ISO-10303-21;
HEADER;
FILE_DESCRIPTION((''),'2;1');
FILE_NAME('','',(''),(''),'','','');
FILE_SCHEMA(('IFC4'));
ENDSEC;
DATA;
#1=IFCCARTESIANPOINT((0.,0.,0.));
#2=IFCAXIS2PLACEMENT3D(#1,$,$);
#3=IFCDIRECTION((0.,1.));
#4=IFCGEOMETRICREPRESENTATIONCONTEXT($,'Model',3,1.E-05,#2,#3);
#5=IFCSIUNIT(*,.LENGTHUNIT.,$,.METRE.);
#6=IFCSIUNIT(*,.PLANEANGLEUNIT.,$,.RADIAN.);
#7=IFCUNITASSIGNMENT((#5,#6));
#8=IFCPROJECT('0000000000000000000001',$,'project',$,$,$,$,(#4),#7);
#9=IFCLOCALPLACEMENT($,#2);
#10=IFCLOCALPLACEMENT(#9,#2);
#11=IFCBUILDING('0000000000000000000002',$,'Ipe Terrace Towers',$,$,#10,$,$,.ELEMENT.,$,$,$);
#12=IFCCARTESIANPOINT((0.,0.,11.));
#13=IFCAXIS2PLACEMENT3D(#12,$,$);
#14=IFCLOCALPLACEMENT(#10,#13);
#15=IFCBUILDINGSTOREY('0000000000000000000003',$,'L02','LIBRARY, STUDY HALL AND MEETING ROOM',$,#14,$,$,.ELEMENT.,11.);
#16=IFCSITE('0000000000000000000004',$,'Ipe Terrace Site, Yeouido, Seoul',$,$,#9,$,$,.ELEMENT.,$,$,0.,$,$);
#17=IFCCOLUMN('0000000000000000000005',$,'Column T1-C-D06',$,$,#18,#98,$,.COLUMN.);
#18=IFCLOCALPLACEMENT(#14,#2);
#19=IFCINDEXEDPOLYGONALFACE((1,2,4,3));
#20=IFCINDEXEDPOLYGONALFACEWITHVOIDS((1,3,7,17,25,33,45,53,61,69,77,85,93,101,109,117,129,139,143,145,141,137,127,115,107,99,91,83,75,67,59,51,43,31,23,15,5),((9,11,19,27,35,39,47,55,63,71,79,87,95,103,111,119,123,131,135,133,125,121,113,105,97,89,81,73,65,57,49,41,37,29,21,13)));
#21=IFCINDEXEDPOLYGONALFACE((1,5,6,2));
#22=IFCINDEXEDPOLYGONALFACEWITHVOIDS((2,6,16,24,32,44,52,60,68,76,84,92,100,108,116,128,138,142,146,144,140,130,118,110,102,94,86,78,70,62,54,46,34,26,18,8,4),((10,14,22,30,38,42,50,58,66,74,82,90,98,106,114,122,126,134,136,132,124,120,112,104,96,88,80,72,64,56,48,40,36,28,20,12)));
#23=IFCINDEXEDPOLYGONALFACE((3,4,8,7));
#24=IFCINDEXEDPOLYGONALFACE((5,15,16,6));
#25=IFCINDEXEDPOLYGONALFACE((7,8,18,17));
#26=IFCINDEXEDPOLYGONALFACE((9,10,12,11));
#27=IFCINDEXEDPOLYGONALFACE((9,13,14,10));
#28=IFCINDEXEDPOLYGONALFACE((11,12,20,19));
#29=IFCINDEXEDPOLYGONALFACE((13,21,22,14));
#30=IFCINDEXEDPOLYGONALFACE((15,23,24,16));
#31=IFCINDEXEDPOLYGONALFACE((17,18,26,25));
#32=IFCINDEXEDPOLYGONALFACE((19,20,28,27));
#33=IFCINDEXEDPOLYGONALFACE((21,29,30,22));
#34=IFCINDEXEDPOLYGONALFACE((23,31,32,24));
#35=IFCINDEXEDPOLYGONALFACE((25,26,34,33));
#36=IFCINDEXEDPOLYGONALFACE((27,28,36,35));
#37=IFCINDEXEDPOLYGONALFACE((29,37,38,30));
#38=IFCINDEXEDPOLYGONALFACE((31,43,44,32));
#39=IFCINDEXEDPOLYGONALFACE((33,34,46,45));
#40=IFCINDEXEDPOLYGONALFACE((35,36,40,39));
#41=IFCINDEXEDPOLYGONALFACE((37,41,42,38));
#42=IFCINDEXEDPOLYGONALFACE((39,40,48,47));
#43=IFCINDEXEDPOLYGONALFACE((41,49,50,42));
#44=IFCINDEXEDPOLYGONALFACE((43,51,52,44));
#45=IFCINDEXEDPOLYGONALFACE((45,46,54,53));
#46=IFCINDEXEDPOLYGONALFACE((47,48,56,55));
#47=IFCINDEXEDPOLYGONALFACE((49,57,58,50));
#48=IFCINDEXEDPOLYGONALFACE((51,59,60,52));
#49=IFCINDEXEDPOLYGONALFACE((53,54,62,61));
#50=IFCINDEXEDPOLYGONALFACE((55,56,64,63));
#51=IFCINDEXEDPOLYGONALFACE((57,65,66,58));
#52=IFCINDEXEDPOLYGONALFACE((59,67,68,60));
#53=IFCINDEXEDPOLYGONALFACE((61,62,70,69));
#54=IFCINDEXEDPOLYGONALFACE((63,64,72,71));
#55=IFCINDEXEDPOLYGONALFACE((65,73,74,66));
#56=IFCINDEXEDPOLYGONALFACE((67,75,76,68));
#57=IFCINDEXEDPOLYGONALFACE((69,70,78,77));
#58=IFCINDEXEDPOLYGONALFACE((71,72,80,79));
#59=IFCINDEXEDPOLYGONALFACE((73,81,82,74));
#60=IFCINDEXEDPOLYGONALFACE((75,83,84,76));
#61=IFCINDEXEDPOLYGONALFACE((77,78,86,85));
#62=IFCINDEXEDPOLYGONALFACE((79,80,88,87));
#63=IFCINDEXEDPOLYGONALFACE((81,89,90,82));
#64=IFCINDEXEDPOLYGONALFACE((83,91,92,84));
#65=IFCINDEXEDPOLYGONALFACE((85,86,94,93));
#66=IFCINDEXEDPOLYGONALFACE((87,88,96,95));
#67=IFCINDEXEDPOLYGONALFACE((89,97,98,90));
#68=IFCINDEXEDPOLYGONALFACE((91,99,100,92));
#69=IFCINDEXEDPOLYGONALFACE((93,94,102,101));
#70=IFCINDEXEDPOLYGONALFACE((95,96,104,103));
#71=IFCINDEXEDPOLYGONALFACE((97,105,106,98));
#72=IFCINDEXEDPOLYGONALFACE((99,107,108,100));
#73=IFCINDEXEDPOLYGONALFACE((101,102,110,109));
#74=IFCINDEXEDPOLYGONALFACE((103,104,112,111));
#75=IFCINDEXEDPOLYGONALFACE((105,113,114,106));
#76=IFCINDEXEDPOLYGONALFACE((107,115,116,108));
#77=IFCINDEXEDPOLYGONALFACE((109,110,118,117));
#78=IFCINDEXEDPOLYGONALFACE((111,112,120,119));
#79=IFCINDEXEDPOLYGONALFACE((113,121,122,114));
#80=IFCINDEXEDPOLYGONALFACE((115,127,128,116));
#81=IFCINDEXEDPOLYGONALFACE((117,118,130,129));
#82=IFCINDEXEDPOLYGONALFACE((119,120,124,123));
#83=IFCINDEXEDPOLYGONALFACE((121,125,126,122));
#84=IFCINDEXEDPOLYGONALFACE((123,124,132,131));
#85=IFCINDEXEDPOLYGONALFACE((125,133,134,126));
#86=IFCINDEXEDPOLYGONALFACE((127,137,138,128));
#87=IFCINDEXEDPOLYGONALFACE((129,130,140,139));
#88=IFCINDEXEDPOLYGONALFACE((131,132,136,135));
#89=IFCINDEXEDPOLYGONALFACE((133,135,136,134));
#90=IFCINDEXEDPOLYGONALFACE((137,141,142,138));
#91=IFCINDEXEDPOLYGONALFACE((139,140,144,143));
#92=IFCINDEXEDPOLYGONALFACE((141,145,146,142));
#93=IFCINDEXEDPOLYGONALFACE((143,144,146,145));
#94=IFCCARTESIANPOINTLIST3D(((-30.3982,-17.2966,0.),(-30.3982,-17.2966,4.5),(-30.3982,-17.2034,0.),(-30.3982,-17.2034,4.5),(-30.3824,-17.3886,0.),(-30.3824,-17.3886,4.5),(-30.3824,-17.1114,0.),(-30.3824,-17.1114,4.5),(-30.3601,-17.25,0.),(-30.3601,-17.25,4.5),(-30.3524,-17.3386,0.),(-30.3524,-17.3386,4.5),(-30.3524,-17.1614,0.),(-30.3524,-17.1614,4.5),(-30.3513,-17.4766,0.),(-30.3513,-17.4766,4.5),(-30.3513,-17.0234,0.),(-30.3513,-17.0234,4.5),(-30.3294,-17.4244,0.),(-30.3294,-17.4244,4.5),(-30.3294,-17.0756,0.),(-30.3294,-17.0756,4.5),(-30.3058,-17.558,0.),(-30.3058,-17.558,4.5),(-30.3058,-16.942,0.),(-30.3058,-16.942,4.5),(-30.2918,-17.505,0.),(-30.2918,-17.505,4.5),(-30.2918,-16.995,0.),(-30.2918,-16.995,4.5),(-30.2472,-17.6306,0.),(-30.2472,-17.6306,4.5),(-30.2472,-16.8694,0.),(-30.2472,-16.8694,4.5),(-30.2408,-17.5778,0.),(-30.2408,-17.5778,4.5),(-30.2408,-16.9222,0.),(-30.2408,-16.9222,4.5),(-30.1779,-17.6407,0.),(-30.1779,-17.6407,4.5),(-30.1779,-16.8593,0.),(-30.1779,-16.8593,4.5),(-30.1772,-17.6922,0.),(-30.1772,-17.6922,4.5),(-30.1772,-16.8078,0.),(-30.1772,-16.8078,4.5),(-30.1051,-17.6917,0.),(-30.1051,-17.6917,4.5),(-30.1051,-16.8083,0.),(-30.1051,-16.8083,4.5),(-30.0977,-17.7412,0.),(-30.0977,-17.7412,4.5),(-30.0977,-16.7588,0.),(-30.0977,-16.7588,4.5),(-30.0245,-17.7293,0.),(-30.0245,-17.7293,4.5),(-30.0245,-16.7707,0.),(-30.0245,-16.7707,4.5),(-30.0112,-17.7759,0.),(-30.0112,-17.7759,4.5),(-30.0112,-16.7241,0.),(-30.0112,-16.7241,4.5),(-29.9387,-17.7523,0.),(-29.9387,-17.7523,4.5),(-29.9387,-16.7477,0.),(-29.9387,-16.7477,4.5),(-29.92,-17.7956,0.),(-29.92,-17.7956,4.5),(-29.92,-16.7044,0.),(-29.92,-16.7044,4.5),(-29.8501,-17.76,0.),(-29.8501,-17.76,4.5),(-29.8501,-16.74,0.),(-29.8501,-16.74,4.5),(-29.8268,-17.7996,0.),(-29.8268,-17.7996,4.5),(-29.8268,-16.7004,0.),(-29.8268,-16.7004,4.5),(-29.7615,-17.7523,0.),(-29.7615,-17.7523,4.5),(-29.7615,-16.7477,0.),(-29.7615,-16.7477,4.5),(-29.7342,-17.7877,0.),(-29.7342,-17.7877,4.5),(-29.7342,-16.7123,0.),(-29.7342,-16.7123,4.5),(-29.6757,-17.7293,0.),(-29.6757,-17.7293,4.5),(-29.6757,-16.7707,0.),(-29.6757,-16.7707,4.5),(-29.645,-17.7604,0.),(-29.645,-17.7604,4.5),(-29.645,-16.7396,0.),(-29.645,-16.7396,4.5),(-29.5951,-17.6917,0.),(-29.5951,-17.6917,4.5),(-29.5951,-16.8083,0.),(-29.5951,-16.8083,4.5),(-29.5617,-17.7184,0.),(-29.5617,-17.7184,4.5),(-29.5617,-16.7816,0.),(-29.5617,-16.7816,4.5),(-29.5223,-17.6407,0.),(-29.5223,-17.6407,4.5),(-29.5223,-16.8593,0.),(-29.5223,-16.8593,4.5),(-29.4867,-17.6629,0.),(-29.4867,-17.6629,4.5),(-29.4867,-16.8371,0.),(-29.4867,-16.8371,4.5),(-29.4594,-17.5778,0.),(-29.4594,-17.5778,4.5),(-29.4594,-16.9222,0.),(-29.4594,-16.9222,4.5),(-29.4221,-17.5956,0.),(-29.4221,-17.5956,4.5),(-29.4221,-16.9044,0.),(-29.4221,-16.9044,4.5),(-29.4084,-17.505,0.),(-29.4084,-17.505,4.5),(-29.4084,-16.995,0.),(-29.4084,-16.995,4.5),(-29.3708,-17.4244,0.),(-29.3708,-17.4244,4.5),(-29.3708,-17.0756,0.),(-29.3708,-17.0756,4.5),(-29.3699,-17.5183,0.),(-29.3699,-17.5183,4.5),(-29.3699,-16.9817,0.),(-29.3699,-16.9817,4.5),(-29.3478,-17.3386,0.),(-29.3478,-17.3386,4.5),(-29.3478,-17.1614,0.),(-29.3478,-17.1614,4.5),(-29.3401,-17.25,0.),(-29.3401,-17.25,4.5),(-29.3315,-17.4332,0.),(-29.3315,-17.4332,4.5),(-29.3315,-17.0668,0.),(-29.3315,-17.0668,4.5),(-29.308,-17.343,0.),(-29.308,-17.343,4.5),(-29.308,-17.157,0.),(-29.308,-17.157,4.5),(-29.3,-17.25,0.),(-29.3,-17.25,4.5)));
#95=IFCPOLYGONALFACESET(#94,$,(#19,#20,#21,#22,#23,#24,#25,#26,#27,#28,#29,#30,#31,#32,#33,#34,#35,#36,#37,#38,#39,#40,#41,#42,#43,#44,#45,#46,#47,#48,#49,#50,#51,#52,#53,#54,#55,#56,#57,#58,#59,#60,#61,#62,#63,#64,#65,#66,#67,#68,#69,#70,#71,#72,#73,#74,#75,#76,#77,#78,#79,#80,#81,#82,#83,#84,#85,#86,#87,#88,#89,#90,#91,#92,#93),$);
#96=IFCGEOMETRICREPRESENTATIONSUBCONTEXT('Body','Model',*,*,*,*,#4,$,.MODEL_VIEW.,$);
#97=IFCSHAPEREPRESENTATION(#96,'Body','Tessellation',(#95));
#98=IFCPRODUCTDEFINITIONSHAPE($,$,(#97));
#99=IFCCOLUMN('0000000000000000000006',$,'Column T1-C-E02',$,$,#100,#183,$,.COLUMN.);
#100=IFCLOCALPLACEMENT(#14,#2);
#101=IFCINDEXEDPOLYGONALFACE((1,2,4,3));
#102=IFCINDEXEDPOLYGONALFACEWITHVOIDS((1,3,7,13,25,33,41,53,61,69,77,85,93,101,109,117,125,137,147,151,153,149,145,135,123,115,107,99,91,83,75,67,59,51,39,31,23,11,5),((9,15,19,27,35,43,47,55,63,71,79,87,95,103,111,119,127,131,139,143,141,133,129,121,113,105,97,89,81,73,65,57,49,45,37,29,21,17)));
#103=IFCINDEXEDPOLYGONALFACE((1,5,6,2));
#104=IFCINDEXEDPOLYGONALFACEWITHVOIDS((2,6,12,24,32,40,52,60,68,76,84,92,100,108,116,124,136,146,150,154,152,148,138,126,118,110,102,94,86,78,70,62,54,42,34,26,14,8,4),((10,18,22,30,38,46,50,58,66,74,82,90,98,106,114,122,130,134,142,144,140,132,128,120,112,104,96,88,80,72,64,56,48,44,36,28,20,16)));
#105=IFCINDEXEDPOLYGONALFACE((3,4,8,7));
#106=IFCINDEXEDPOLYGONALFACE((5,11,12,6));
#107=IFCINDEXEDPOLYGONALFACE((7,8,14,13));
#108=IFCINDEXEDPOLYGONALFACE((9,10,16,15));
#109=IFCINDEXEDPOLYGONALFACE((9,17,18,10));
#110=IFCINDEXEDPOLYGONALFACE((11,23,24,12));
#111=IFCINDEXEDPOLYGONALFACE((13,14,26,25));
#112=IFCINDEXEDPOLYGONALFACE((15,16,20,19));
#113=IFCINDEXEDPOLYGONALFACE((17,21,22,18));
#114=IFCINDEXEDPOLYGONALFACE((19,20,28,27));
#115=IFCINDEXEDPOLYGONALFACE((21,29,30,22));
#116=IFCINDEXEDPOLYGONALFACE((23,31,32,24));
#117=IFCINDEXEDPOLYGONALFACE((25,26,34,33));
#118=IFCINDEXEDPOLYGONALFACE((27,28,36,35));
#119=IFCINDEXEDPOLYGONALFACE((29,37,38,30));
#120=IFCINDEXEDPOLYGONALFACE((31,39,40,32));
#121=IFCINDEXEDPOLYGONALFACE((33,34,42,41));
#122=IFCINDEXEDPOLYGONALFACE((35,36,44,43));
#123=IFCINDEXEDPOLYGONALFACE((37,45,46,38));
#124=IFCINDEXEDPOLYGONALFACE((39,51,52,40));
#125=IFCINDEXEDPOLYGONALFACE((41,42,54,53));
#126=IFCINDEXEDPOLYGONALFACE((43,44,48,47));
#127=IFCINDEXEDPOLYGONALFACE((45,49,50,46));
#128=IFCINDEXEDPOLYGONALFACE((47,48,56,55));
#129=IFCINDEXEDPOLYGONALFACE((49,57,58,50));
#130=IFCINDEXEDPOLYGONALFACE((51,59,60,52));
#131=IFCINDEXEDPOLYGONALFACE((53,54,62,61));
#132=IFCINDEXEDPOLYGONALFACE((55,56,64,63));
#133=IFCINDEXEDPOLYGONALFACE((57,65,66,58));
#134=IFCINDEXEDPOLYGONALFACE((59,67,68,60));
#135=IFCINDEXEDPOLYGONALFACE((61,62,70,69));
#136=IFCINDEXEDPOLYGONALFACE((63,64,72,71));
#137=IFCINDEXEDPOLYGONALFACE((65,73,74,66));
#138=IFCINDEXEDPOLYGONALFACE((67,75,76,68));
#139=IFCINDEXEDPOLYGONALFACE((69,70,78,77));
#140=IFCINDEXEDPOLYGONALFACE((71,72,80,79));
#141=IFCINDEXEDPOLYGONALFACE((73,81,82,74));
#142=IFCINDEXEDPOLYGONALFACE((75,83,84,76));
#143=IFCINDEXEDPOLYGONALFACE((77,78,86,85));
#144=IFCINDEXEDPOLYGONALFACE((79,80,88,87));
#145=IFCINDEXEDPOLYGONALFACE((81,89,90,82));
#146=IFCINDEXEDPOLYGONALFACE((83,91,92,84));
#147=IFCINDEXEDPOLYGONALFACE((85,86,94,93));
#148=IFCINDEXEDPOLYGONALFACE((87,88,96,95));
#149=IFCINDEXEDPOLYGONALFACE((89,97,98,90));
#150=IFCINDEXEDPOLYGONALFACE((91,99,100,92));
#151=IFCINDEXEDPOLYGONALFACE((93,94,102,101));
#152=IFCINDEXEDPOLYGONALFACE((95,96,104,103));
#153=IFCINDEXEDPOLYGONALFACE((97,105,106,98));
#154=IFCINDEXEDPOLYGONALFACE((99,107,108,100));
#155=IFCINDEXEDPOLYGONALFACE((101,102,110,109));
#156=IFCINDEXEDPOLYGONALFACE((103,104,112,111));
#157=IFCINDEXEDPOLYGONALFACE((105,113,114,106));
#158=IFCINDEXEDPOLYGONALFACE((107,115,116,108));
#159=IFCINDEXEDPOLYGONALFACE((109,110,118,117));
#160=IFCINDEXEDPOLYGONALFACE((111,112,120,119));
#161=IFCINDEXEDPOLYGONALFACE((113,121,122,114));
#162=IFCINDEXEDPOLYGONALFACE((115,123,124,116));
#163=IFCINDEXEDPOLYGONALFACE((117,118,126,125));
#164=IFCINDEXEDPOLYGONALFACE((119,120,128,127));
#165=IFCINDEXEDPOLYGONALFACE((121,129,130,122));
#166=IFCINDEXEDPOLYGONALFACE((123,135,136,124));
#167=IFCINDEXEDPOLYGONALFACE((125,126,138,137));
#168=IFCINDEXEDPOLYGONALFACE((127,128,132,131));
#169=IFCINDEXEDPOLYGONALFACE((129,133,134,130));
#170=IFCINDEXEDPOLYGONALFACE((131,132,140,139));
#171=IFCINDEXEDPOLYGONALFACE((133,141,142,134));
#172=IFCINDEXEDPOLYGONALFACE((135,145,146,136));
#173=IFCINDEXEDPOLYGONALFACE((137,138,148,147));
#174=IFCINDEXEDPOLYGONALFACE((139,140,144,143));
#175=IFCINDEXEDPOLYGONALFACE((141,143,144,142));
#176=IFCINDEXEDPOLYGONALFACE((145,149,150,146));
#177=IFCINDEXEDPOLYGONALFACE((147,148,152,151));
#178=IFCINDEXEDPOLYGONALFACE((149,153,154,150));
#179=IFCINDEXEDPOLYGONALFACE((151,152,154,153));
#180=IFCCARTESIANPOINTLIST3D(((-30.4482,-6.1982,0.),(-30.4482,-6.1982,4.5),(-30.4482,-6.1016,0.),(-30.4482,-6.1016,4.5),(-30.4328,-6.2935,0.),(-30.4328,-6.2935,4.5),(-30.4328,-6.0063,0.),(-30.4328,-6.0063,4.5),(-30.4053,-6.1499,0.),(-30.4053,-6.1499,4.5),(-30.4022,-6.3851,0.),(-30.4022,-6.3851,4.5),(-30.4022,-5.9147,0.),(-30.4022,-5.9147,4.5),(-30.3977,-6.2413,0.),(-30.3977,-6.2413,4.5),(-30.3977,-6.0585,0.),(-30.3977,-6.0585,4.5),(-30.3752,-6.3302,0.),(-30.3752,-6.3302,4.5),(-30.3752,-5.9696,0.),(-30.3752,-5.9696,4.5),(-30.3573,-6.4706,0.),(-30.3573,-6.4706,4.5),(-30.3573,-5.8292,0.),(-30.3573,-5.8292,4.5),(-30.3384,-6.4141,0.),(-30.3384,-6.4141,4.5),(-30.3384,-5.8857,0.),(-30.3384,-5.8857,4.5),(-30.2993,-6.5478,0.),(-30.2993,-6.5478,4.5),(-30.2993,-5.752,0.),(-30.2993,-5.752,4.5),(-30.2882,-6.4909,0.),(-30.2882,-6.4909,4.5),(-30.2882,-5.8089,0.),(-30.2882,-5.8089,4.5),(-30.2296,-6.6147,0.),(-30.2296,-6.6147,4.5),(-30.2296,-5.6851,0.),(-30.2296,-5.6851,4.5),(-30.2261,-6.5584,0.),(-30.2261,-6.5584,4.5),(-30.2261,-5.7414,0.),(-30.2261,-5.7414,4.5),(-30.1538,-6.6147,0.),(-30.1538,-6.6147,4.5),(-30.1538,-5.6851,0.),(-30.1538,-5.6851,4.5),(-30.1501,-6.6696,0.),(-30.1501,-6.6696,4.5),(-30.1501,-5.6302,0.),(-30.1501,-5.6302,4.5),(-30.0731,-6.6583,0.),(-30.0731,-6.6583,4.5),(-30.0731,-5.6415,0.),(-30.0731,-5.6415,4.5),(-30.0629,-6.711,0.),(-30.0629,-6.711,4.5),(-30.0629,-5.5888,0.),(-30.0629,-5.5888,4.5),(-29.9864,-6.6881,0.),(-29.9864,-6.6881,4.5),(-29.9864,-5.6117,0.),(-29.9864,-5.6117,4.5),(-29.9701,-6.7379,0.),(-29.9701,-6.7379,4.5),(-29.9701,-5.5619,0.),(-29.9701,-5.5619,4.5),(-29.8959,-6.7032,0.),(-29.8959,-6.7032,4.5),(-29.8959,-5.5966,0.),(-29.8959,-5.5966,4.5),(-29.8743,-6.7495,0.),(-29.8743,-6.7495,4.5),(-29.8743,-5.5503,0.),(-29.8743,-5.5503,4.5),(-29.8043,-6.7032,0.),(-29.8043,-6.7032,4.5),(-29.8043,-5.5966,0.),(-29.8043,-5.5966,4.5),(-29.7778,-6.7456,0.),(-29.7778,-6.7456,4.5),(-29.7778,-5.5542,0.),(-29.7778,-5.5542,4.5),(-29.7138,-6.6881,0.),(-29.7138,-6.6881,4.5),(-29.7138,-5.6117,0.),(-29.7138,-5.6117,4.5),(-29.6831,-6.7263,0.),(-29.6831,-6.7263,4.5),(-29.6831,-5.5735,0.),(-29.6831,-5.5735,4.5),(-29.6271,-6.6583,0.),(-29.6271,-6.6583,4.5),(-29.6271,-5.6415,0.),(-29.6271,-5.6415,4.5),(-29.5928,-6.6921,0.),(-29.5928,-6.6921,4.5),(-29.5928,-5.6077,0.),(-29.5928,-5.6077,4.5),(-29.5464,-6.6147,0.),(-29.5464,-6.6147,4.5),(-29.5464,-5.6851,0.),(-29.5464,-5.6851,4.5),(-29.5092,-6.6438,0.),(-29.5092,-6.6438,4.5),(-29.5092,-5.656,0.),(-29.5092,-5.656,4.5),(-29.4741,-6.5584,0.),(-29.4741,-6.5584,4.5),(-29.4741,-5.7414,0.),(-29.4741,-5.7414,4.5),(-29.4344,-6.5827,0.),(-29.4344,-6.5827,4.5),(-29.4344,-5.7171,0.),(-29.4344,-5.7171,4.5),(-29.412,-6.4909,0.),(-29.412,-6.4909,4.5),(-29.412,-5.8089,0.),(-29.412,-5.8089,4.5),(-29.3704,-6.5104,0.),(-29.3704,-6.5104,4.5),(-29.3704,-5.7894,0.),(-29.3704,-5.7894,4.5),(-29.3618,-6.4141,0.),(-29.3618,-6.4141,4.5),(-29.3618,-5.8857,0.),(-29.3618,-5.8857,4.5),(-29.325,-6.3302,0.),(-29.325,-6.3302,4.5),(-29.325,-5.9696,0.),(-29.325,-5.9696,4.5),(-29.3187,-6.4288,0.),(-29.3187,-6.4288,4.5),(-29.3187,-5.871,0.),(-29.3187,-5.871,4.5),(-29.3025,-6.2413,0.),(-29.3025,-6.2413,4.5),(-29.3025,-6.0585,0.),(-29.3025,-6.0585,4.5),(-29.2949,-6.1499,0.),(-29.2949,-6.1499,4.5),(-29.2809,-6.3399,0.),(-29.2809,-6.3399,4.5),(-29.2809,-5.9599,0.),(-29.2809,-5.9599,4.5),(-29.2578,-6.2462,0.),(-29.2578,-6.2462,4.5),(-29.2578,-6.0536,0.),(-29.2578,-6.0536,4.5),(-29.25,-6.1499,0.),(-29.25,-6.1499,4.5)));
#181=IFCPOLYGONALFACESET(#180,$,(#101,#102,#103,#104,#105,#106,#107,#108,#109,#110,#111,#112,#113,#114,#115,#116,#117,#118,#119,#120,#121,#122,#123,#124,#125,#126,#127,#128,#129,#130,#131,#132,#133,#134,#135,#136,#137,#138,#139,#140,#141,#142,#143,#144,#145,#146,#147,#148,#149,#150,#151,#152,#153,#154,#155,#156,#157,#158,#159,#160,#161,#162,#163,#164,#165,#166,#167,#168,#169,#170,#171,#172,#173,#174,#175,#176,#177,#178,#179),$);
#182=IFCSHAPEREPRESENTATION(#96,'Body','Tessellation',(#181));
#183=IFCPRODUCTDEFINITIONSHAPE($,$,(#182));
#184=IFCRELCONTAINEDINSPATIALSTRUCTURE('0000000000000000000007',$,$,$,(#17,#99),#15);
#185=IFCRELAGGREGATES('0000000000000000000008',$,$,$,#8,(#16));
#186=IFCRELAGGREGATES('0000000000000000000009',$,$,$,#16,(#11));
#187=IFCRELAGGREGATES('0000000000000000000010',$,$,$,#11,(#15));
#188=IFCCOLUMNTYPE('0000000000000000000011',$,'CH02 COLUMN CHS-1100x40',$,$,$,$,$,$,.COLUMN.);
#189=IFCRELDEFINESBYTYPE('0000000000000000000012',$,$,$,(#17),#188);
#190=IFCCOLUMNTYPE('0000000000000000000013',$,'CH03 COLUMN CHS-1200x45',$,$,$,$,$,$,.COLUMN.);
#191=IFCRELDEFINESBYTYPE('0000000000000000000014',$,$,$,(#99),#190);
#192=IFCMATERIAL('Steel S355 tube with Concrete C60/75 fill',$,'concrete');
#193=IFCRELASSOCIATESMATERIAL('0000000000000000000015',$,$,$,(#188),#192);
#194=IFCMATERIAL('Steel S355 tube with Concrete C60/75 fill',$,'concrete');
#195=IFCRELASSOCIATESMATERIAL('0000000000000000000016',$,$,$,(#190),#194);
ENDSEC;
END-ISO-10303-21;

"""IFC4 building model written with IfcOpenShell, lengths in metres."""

from ifc_helpers import new_model, si_unit, direction, frame, origin, origin_2d, place, context, subcontext, project, spatial, hollow_circle, extrude, material, material_profile, profile_set, type_object, element, save


model = new_model("IFC4")

# Units and contexts
model_context = context("Model", 3, precision=1e-05, world=origin(), true_north=direction((0.0, 1.0)))
body_context = subcontext(model_context, "Body", "Model", "MODEL_VIEW")
ifc_project = project(units=[si_unit("LENGTHUNIT", "METRE"), si_unit("PLANEANGLEUNIT", "RADIAN")], contexts=[model_context])

# Site, building, storey
site_placement = place(None, origin())
site = spatial("IfcSite", under=ifc_project, at=site_placement, Name="Ipe Terrace Site, Yeouido, Seoul", CompositionType="ELEMENT", RefElevation=0.0)
building_placement = place(site_placement, origin())
building = spatial("IfcBuilding", under=site, at=building_placement, Name="Ipe Terrace Towers", CompositionType="ELEMENT")
storey_placement = place(building_placement, frame((0.0, 0.0, 11.0)))
storey = spatial("IfcBuildingStorey", under=building, at=storey_placement, Name="L02", Description="LIBRARY, STUDY HALL AND MEETING ROOM", CompositionType="ELEMENT", Elevation=11.0)

# Columns
ifc_material_1 = material(Name="Steel S355 tube with Concrete C60/75 fill", Category="concrete")
ifc_material_profile_1 = material_profile(ifc_material_1, hollow_circle(Radius=0.55, WallThickness=0.04, at=origin_2d()), Name="CHS-1100x40")
ifc_profile_set_1 = profile_set([ifc_material_profile_1], Name="Steel S355 tube with Concrete C60/75 fill")
column_type_1 = type_object("IfcColumnType", Name="CH02 COLUMN CHS-1100x40", PredefinedType="COLUMN", material=ifc_profile_set_1)
for number, where, z_axis, x_axis, name in (
    (1, (-29.8501, -17.25, 0.0), (0.0, 0.0, 1.0), (1.0, 0.0, 0.0), "Column T1-C-D06"),
):
    element("IfcColumn", number, at=place(storey_placement, frame(where, z_axis=z_axis, x_axis=x_axis)), inside=storey, type_object=column_type_1, Name=name, PredefinedType="COLUMN", context=body_context, shape_type="SweptSolid", body=[
        extrude(hollow_circle(Radius=0.55, WallThickness=0.04, at=origin_2d()), origin(), (0.0, 0.0, 1.0), 4.5),
    ])
ifc_material_2 = material(Name="Steel S355 tube with Concrete C60/75 fill", Category="concrete")
ifc_material_profile_2 = material_profile(ifc_material_2, hollow_circle(Radius=0.6001, WallThickness=0.0449, at=origin_2d()), Name="CHS-1200x45")
ifc_profile_set_2 = profile_set([ifc_material_profile_2], Name="Steel S355 tube with Concrete C60/75 fill")
column_type_2 = type_object("IfcColumnType", Name="CH03 COLUMN CHS-1200x45", PredefinedType="COLUMN", material=ifc_profile_set_2)
column_1_placement = place(storey_placement, frame((-29.8501, -6.1499, 0.0), z_axis=(0.0, 0.0, 1.0), x_axis=(1.0, 0.0, 0.0)))
element("IfcColumn", 2, at=column_1_placement, inside=storey, type_object=column_type_2, Name="Column T1-C-E02", PredefinedType="COLUMN", context=body_context, shape_type="SweptSolid", body=[
    extrude(hollow_circle(Radius=0.6001, WallThickness=0.0449, at=origin_2d()), origin(), (0.0, 0.0, 1.0), 4.5),
])

save(model, "model.ifc")
